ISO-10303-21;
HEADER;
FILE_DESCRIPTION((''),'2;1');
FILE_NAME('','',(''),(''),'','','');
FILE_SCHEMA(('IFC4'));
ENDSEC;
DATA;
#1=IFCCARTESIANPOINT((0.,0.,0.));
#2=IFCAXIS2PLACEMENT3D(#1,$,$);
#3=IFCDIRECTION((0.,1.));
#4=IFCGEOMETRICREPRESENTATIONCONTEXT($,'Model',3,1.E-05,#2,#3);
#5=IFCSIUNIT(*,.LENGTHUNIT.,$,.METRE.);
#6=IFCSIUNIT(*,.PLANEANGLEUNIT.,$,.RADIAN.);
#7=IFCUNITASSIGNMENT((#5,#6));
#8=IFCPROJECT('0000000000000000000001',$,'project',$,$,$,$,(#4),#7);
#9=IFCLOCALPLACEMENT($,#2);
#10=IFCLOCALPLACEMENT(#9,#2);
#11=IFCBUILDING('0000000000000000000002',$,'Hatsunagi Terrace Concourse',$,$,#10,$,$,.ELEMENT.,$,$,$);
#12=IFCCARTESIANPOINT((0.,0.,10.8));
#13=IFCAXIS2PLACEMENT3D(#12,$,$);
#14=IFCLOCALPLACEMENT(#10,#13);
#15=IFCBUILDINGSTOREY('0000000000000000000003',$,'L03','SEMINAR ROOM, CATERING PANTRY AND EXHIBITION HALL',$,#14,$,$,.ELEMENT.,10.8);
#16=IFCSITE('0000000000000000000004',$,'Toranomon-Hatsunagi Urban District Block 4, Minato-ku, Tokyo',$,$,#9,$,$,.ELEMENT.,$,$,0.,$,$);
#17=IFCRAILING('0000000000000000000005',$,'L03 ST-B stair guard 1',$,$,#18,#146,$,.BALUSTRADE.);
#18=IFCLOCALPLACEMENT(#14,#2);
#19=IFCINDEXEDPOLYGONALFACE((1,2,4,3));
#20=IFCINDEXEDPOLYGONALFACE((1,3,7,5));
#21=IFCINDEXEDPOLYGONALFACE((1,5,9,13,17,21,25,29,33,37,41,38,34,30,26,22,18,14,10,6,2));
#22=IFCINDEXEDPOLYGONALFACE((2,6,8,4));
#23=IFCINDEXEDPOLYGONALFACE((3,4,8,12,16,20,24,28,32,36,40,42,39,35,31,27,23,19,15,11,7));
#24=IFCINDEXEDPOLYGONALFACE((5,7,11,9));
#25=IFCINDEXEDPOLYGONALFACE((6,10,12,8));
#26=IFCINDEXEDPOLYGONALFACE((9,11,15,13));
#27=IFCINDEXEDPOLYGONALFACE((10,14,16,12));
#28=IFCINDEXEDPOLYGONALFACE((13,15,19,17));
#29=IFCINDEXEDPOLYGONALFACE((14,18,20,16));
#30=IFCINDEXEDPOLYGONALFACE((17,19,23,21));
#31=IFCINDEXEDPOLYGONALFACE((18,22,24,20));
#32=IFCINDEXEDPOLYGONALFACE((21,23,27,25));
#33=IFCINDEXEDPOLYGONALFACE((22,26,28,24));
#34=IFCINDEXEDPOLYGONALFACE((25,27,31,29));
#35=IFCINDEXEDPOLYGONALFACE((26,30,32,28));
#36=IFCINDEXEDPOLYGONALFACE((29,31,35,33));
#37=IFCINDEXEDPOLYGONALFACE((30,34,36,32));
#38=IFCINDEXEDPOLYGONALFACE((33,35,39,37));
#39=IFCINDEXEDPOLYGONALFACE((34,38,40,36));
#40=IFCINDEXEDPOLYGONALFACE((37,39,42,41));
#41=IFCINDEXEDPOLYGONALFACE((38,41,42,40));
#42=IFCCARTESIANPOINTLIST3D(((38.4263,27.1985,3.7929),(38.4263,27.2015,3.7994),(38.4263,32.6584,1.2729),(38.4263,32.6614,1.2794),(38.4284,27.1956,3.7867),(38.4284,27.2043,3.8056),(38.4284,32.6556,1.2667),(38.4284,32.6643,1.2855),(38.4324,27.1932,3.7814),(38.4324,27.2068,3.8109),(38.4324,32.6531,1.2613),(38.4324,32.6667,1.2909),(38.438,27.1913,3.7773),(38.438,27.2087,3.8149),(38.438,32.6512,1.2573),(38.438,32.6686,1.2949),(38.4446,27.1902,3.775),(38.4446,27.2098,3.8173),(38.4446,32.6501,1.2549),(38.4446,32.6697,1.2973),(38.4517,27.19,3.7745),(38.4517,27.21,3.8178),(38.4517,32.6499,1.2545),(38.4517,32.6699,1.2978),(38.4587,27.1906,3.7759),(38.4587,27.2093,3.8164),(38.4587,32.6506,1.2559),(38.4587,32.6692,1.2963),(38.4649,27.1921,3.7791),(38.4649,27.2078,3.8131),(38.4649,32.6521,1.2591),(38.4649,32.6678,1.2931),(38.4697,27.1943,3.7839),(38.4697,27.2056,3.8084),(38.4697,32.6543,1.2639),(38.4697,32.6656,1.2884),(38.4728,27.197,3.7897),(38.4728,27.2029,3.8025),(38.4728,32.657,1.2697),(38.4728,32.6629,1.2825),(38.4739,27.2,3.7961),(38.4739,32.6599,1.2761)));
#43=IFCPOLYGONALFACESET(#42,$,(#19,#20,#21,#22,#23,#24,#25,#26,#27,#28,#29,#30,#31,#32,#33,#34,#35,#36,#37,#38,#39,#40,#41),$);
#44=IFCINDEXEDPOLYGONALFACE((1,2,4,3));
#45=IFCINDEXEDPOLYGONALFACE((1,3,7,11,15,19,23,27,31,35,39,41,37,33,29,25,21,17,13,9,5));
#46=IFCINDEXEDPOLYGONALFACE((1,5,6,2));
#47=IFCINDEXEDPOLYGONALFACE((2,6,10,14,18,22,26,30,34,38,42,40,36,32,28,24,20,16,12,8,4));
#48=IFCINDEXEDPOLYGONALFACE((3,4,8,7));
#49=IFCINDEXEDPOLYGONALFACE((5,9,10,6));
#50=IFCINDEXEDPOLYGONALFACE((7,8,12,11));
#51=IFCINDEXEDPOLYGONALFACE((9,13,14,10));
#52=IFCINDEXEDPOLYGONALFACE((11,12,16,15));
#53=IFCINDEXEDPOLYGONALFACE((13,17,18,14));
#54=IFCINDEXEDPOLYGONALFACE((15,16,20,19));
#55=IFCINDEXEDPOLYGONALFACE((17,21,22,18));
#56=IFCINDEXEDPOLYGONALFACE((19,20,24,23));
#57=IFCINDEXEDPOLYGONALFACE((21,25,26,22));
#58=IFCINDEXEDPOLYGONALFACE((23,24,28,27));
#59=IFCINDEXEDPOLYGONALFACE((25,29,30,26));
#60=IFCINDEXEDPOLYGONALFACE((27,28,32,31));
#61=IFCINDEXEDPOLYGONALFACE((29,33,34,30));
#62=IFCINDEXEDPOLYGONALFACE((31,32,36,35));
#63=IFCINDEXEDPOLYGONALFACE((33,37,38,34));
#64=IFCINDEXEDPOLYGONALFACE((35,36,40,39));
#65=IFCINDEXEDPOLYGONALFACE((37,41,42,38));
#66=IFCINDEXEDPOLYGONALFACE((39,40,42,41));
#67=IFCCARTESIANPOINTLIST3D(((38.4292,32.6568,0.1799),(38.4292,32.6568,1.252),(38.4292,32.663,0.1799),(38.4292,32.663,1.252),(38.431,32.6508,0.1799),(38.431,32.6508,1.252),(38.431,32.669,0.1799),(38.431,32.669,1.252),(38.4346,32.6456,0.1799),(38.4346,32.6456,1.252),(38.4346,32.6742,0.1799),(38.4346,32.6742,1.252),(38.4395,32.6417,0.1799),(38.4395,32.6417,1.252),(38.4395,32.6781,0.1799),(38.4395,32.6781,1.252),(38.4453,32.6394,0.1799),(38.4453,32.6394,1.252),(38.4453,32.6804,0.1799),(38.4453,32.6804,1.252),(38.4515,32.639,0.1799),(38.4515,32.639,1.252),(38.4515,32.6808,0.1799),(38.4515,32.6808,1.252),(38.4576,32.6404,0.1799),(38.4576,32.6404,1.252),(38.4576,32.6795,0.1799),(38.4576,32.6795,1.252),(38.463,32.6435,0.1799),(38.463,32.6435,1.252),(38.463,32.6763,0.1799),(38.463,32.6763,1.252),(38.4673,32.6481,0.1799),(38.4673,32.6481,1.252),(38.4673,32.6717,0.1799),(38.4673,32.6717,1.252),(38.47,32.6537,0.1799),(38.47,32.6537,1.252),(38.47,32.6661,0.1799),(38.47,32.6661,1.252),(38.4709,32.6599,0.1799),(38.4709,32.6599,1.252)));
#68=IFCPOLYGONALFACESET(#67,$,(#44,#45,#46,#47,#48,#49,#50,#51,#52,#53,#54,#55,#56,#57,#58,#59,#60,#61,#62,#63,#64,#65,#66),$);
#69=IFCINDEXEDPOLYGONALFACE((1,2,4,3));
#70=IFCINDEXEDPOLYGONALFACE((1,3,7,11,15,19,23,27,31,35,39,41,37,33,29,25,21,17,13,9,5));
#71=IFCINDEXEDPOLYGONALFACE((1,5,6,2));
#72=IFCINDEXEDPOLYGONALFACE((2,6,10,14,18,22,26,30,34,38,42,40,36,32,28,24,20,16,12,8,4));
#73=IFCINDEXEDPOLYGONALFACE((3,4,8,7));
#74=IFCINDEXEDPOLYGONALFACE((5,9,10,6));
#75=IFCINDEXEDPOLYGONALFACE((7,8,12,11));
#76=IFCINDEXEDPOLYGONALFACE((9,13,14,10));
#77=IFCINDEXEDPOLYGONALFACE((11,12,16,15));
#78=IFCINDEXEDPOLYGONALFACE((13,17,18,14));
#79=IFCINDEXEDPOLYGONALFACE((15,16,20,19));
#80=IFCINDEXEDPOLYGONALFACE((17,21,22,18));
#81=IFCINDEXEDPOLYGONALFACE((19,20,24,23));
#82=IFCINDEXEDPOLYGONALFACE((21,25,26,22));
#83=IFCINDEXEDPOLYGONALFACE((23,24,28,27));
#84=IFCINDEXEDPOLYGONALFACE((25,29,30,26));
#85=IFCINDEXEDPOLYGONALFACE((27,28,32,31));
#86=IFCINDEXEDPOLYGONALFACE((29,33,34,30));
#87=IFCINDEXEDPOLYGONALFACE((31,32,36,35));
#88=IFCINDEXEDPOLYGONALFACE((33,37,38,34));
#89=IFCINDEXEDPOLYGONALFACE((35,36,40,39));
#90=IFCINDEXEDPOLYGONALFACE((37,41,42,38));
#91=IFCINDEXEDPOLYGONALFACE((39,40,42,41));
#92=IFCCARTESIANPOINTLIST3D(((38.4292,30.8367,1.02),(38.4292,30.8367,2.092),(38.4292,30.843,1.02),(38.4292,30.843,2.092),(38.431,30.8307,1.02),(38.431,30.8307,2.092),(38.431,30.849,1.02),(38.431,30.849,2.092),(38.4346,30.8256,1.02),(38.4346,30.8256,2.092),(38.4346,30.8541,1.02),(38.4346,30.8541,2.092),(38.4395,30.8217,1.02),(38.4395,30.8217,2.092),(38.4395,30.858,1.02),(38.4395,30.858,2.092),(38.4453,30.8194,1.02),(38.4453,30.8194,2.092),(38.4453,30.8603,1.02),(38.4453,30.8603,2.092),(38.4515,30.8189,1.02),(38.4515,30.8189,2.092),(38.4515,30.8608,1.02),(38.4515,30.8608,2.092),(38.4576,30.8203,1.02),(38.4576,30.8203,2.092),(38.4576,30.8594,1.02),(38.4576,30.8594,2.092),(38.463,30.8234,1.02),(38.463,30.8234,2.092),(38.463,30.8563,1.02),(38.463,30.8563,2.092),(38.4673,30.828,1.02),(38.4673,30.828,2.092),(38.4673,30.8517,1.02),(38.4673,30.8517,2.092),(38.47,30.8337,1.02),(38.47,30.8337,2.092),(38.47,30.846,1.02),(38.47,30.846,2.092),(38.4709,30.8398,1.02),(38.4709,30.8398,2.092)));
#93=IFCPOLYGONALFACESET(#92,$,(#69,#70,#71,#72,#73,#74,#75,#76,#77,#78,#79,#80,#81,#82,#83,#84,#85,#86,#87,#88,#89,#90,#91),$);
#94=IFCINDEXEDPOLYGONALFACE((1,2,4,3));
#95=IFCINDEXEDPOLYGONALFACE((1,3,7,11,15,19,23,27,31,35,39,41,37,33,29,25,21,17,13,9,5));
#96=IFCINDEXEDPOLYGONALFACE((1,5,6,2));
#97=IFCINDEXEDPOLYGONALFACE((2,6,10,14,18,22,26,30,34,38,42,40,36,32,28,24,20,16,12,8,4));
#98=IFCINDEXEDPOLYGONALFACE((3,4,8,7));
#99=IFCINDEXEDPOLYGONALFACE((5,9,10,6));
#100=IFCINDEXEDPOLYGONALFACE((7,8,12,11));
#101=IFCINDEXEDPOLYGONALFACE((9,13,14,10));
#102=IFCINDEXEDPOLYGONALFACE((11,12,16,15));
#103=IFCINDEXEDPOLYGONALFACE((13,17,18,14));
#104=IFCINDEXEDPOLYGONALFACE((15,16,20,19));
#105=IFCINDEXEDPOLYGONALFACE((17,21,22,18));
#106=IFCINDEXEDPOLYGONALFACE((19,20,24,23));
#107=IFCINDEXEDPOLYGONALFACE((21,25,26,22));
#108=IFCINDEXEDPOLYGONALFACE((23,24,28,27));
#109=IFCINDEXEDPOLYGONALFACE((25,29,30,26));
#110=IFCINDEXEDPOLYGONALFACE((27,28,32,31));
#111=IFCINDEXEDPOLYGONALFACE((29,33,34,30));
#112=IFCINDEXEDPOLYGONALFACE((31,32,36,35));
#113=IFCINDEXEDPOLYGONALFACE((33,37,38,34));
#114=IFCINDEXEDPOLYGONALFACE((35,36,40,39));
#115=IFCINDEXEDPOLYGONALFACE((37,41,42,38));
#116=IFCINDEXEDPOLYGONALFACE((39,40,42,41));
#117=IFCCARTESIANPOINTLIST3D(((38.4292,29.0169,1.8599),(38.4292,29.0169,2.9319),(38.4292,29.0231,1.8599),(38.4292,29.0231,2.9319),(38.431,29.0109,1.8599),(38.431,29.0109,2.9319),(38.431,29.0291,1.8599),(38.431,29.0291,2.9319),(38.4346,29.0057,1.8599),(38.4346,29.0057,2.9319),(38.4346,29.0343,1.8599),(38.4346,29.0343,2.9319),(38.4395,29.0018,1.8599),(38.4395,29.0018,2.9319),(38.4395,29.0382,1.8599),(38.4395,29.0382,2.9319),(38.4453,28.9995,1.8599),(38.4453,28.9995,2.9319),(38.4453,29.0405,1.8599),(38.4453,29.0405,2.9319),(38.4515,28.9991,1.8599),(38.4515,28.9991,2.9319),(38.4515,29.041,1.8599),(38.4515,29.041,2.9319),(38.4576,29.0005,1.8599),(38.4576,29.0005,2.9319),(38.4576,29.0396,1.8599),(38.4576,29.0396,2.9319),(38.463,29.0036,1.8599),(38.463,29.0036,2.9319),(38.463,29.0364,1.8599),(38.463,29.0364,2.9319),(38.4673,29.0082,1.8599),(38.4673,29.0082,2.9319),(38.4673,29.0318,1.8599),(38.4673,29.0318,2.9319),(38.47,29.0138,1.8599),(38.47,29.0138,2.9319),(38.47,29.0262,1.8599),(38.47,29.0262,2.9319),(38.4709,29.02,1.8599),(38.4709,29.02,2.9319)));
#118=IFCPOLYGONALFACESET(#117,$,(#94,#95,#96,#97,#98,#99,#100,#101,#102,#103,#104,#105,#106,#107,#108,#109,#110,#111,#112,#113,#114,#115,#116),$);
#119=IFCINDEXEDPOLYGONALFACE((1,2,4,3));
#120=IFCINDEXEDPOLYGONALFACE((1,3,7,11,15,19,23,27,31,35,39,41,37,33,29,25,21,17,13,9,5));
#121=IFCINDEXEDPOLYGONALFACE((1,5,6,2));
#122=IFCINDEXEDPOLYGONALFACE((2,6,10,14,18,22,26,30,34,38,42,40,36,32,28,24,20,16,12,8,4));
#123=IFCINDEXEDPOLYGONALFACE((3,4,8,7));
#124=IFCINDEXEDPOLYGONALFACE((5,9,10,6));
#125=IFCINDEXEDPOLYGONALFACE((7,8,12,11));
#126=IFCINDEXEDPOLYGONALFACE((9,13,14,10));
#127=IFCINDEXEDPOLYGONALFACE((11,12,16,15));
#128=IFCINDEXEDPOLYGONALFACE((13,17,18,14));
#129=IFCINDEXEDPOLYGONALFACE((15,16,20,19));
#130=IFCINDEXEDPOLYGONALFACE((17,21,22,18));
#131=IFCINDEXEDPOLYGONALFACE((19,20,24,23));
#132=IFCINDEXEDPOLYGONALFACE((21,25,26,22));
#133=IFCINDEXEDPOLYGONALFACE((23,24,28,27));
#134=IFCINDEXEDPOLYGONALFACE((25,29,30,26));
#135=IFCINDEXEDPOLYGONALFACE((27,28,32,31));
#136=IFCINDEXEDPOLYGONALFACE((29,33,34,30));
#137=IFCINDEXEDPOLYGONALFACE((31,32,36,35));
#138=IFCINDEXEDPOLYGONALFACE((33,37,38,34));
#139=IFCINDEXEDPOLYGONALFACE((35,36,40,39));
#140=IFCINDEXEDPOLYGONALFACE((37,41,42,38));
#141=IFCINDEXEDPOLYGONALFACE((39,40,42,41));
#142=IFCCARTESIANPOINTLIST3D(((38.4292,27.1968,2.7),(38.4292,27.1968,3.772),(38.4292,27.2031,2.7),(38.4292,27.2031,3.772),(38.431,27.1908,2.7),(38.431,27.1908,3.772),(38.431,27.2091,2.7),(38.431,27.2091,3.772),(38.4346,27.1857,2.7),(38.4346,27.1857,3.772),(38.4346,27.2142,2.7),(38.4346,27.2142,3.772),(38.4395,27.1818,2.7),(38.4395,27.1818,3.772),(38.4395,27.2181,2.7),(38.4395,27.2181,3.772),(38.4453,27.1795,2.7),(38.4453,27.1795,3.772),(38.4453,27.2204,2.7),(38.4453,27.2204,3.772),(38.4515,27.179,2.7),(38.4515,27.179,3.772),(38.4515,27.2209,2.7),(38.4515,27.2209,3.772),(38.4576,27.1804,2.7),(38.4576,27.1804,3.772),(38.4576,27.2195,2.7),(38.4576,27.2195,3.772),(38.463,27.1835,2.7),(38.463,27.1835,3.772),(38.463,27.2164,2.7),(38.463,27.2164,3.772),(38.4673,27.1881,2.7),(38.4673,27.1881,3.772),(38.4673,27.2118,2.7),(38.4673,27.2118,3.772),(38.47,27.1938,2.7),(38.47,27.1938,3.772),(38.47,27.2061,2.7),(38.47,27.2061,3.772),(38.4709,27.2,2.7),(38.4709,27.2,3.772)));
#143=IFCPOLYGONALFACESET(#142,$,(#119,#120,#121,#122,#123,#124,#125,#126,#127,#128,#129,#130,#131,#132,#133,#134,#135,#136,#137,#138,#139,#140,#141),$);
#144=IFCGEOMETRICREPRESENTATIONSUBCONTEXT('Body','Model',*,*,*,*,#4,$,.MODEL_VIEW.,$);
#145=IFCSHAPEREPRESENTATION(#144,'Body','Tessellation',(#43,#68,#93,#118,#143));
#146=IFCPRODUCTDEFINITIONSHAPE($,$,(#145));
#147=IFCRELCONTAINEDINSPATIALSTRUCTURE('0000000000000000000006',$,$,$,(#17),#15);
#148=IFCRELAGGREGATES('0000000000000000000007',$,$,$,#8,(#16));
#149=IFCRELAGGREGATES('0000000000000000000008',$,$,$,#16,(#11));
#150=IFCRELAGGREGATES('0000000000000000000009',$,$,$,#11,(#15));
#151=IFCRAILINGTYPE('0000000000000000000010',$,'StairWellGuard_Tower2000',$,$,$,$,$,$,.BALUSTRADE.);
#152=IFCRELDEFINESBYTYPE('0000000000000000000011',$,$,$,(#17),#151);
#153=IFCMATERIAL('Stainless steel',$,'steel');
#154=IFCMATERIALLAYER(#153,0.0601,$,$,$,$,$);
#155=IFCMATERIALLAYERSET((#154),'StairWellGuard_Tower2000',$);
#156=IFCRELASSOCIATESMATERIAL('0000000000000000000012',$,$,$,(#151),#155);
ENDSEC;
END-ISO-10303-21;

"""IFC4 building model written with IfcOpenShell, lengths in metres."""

from ifc_helpers import new_model, si_unit, direction, frame, origin, origin_2d, place, context, subcontext, project, spatial, circle, extrude, material, layer, layer_set, type_object, element, save


model = new_model("IFC4")

# Units and contexts
model_context = context("Model", 3, precision=1e-05, world=origin(), true_north=direction((0.0, 1.0)))
body_context = subcontext(model_context, "Body", "Model", "MODEL_VIEW")
ifc_project = project(units=[si_unit("LENGTHUNIT", "METRE"), si_unit("PLANEANGLEUNIT", "RADIAN")], contexts=[model_context])

# Site, building, storey
site_placement = place(None, origin())
site = spatial("IfcSite", under=ifc_project, at=site_placement, Name="Toranomon-Hatsunagi Urban District Block 4, Minato-ku, Tokyo", CompositionType="ELEMENT", RefElevation=0.0)
building_placement = place(site_placement, origin())
building = spatial("IfcBuilding", under=site, at=building_placement, Name="Hatsunagi Terrace Concourse", CompositionType="ELEMENT")
storey_placement = place(building_placement, frame((0.0, 0.0, 10.8)))
storey = spatial("IfcBuildingStorey", under=building, at=storey_placement, Name="L03", Description="SEMINAR ROOM, CATERING PANTRY AND EXHIBITION HALL", CompositionType="ELEMENT", Elevation=10.8)

# Railing
ifc_material_1 = material(Name="Stainless steel", Category="steel")
ifc_layer_1 = layer(ifc_material_1, 0.0601)
ifc_layer_set_1 = layer_set([ifc_layer_1], Name="StairWellGuard_Tower2000")
railing_type_1 = type_object("IfcRailingType", Name="StairWellGuard_Tower2000", PredefinedType="BALUSTRADE", material=ifc_layer_set_1)
railing_1_placement = place(storey_placement, frame((38.45, 32.6599, 0.1799)))
element("IfcRailing", 1, at=railing_1_placement, inside=storey, type_object=railing_type_1, Name="L03 ST-B stair guard 1", PredefinedType="BALUSTRADE", context=body_context, shape_type="SweptSolid", body=[
    extrude(circle(Radius=0.0239, at=origin_2d()), frame((0.0, 0.0, 1.0962), z_axis=(0.0, -0.907957, 0.419063), x_axis=(1.0, 0.0, 0.0)), (0.0, 0.0, 1.0), 6.0134),
    extrude(circle(Radius=0.021, at=origin_2d()), origin(), (0.0, 0.0, 1.0), 1.072),
    extrude(circle(Radius=0.021, at=origin_2d()), frame((0.0, -1.8201, 0.8401)), (0.0, 0.0, 1.0), 1.072),
    extrude(circle(Radius=0.021, at=origin_2d()), frame((0.0, -3.6399, 1.6799)), (0.0, 0.0, 1.0), 1.072),
    extrude(circle(Radius=0.021, at=origin_2d()), frame((0.0, -5.46, 2.52)), (0.0, 0.0, 1.0), 1.072),
])

save(model, "model.ifc")
